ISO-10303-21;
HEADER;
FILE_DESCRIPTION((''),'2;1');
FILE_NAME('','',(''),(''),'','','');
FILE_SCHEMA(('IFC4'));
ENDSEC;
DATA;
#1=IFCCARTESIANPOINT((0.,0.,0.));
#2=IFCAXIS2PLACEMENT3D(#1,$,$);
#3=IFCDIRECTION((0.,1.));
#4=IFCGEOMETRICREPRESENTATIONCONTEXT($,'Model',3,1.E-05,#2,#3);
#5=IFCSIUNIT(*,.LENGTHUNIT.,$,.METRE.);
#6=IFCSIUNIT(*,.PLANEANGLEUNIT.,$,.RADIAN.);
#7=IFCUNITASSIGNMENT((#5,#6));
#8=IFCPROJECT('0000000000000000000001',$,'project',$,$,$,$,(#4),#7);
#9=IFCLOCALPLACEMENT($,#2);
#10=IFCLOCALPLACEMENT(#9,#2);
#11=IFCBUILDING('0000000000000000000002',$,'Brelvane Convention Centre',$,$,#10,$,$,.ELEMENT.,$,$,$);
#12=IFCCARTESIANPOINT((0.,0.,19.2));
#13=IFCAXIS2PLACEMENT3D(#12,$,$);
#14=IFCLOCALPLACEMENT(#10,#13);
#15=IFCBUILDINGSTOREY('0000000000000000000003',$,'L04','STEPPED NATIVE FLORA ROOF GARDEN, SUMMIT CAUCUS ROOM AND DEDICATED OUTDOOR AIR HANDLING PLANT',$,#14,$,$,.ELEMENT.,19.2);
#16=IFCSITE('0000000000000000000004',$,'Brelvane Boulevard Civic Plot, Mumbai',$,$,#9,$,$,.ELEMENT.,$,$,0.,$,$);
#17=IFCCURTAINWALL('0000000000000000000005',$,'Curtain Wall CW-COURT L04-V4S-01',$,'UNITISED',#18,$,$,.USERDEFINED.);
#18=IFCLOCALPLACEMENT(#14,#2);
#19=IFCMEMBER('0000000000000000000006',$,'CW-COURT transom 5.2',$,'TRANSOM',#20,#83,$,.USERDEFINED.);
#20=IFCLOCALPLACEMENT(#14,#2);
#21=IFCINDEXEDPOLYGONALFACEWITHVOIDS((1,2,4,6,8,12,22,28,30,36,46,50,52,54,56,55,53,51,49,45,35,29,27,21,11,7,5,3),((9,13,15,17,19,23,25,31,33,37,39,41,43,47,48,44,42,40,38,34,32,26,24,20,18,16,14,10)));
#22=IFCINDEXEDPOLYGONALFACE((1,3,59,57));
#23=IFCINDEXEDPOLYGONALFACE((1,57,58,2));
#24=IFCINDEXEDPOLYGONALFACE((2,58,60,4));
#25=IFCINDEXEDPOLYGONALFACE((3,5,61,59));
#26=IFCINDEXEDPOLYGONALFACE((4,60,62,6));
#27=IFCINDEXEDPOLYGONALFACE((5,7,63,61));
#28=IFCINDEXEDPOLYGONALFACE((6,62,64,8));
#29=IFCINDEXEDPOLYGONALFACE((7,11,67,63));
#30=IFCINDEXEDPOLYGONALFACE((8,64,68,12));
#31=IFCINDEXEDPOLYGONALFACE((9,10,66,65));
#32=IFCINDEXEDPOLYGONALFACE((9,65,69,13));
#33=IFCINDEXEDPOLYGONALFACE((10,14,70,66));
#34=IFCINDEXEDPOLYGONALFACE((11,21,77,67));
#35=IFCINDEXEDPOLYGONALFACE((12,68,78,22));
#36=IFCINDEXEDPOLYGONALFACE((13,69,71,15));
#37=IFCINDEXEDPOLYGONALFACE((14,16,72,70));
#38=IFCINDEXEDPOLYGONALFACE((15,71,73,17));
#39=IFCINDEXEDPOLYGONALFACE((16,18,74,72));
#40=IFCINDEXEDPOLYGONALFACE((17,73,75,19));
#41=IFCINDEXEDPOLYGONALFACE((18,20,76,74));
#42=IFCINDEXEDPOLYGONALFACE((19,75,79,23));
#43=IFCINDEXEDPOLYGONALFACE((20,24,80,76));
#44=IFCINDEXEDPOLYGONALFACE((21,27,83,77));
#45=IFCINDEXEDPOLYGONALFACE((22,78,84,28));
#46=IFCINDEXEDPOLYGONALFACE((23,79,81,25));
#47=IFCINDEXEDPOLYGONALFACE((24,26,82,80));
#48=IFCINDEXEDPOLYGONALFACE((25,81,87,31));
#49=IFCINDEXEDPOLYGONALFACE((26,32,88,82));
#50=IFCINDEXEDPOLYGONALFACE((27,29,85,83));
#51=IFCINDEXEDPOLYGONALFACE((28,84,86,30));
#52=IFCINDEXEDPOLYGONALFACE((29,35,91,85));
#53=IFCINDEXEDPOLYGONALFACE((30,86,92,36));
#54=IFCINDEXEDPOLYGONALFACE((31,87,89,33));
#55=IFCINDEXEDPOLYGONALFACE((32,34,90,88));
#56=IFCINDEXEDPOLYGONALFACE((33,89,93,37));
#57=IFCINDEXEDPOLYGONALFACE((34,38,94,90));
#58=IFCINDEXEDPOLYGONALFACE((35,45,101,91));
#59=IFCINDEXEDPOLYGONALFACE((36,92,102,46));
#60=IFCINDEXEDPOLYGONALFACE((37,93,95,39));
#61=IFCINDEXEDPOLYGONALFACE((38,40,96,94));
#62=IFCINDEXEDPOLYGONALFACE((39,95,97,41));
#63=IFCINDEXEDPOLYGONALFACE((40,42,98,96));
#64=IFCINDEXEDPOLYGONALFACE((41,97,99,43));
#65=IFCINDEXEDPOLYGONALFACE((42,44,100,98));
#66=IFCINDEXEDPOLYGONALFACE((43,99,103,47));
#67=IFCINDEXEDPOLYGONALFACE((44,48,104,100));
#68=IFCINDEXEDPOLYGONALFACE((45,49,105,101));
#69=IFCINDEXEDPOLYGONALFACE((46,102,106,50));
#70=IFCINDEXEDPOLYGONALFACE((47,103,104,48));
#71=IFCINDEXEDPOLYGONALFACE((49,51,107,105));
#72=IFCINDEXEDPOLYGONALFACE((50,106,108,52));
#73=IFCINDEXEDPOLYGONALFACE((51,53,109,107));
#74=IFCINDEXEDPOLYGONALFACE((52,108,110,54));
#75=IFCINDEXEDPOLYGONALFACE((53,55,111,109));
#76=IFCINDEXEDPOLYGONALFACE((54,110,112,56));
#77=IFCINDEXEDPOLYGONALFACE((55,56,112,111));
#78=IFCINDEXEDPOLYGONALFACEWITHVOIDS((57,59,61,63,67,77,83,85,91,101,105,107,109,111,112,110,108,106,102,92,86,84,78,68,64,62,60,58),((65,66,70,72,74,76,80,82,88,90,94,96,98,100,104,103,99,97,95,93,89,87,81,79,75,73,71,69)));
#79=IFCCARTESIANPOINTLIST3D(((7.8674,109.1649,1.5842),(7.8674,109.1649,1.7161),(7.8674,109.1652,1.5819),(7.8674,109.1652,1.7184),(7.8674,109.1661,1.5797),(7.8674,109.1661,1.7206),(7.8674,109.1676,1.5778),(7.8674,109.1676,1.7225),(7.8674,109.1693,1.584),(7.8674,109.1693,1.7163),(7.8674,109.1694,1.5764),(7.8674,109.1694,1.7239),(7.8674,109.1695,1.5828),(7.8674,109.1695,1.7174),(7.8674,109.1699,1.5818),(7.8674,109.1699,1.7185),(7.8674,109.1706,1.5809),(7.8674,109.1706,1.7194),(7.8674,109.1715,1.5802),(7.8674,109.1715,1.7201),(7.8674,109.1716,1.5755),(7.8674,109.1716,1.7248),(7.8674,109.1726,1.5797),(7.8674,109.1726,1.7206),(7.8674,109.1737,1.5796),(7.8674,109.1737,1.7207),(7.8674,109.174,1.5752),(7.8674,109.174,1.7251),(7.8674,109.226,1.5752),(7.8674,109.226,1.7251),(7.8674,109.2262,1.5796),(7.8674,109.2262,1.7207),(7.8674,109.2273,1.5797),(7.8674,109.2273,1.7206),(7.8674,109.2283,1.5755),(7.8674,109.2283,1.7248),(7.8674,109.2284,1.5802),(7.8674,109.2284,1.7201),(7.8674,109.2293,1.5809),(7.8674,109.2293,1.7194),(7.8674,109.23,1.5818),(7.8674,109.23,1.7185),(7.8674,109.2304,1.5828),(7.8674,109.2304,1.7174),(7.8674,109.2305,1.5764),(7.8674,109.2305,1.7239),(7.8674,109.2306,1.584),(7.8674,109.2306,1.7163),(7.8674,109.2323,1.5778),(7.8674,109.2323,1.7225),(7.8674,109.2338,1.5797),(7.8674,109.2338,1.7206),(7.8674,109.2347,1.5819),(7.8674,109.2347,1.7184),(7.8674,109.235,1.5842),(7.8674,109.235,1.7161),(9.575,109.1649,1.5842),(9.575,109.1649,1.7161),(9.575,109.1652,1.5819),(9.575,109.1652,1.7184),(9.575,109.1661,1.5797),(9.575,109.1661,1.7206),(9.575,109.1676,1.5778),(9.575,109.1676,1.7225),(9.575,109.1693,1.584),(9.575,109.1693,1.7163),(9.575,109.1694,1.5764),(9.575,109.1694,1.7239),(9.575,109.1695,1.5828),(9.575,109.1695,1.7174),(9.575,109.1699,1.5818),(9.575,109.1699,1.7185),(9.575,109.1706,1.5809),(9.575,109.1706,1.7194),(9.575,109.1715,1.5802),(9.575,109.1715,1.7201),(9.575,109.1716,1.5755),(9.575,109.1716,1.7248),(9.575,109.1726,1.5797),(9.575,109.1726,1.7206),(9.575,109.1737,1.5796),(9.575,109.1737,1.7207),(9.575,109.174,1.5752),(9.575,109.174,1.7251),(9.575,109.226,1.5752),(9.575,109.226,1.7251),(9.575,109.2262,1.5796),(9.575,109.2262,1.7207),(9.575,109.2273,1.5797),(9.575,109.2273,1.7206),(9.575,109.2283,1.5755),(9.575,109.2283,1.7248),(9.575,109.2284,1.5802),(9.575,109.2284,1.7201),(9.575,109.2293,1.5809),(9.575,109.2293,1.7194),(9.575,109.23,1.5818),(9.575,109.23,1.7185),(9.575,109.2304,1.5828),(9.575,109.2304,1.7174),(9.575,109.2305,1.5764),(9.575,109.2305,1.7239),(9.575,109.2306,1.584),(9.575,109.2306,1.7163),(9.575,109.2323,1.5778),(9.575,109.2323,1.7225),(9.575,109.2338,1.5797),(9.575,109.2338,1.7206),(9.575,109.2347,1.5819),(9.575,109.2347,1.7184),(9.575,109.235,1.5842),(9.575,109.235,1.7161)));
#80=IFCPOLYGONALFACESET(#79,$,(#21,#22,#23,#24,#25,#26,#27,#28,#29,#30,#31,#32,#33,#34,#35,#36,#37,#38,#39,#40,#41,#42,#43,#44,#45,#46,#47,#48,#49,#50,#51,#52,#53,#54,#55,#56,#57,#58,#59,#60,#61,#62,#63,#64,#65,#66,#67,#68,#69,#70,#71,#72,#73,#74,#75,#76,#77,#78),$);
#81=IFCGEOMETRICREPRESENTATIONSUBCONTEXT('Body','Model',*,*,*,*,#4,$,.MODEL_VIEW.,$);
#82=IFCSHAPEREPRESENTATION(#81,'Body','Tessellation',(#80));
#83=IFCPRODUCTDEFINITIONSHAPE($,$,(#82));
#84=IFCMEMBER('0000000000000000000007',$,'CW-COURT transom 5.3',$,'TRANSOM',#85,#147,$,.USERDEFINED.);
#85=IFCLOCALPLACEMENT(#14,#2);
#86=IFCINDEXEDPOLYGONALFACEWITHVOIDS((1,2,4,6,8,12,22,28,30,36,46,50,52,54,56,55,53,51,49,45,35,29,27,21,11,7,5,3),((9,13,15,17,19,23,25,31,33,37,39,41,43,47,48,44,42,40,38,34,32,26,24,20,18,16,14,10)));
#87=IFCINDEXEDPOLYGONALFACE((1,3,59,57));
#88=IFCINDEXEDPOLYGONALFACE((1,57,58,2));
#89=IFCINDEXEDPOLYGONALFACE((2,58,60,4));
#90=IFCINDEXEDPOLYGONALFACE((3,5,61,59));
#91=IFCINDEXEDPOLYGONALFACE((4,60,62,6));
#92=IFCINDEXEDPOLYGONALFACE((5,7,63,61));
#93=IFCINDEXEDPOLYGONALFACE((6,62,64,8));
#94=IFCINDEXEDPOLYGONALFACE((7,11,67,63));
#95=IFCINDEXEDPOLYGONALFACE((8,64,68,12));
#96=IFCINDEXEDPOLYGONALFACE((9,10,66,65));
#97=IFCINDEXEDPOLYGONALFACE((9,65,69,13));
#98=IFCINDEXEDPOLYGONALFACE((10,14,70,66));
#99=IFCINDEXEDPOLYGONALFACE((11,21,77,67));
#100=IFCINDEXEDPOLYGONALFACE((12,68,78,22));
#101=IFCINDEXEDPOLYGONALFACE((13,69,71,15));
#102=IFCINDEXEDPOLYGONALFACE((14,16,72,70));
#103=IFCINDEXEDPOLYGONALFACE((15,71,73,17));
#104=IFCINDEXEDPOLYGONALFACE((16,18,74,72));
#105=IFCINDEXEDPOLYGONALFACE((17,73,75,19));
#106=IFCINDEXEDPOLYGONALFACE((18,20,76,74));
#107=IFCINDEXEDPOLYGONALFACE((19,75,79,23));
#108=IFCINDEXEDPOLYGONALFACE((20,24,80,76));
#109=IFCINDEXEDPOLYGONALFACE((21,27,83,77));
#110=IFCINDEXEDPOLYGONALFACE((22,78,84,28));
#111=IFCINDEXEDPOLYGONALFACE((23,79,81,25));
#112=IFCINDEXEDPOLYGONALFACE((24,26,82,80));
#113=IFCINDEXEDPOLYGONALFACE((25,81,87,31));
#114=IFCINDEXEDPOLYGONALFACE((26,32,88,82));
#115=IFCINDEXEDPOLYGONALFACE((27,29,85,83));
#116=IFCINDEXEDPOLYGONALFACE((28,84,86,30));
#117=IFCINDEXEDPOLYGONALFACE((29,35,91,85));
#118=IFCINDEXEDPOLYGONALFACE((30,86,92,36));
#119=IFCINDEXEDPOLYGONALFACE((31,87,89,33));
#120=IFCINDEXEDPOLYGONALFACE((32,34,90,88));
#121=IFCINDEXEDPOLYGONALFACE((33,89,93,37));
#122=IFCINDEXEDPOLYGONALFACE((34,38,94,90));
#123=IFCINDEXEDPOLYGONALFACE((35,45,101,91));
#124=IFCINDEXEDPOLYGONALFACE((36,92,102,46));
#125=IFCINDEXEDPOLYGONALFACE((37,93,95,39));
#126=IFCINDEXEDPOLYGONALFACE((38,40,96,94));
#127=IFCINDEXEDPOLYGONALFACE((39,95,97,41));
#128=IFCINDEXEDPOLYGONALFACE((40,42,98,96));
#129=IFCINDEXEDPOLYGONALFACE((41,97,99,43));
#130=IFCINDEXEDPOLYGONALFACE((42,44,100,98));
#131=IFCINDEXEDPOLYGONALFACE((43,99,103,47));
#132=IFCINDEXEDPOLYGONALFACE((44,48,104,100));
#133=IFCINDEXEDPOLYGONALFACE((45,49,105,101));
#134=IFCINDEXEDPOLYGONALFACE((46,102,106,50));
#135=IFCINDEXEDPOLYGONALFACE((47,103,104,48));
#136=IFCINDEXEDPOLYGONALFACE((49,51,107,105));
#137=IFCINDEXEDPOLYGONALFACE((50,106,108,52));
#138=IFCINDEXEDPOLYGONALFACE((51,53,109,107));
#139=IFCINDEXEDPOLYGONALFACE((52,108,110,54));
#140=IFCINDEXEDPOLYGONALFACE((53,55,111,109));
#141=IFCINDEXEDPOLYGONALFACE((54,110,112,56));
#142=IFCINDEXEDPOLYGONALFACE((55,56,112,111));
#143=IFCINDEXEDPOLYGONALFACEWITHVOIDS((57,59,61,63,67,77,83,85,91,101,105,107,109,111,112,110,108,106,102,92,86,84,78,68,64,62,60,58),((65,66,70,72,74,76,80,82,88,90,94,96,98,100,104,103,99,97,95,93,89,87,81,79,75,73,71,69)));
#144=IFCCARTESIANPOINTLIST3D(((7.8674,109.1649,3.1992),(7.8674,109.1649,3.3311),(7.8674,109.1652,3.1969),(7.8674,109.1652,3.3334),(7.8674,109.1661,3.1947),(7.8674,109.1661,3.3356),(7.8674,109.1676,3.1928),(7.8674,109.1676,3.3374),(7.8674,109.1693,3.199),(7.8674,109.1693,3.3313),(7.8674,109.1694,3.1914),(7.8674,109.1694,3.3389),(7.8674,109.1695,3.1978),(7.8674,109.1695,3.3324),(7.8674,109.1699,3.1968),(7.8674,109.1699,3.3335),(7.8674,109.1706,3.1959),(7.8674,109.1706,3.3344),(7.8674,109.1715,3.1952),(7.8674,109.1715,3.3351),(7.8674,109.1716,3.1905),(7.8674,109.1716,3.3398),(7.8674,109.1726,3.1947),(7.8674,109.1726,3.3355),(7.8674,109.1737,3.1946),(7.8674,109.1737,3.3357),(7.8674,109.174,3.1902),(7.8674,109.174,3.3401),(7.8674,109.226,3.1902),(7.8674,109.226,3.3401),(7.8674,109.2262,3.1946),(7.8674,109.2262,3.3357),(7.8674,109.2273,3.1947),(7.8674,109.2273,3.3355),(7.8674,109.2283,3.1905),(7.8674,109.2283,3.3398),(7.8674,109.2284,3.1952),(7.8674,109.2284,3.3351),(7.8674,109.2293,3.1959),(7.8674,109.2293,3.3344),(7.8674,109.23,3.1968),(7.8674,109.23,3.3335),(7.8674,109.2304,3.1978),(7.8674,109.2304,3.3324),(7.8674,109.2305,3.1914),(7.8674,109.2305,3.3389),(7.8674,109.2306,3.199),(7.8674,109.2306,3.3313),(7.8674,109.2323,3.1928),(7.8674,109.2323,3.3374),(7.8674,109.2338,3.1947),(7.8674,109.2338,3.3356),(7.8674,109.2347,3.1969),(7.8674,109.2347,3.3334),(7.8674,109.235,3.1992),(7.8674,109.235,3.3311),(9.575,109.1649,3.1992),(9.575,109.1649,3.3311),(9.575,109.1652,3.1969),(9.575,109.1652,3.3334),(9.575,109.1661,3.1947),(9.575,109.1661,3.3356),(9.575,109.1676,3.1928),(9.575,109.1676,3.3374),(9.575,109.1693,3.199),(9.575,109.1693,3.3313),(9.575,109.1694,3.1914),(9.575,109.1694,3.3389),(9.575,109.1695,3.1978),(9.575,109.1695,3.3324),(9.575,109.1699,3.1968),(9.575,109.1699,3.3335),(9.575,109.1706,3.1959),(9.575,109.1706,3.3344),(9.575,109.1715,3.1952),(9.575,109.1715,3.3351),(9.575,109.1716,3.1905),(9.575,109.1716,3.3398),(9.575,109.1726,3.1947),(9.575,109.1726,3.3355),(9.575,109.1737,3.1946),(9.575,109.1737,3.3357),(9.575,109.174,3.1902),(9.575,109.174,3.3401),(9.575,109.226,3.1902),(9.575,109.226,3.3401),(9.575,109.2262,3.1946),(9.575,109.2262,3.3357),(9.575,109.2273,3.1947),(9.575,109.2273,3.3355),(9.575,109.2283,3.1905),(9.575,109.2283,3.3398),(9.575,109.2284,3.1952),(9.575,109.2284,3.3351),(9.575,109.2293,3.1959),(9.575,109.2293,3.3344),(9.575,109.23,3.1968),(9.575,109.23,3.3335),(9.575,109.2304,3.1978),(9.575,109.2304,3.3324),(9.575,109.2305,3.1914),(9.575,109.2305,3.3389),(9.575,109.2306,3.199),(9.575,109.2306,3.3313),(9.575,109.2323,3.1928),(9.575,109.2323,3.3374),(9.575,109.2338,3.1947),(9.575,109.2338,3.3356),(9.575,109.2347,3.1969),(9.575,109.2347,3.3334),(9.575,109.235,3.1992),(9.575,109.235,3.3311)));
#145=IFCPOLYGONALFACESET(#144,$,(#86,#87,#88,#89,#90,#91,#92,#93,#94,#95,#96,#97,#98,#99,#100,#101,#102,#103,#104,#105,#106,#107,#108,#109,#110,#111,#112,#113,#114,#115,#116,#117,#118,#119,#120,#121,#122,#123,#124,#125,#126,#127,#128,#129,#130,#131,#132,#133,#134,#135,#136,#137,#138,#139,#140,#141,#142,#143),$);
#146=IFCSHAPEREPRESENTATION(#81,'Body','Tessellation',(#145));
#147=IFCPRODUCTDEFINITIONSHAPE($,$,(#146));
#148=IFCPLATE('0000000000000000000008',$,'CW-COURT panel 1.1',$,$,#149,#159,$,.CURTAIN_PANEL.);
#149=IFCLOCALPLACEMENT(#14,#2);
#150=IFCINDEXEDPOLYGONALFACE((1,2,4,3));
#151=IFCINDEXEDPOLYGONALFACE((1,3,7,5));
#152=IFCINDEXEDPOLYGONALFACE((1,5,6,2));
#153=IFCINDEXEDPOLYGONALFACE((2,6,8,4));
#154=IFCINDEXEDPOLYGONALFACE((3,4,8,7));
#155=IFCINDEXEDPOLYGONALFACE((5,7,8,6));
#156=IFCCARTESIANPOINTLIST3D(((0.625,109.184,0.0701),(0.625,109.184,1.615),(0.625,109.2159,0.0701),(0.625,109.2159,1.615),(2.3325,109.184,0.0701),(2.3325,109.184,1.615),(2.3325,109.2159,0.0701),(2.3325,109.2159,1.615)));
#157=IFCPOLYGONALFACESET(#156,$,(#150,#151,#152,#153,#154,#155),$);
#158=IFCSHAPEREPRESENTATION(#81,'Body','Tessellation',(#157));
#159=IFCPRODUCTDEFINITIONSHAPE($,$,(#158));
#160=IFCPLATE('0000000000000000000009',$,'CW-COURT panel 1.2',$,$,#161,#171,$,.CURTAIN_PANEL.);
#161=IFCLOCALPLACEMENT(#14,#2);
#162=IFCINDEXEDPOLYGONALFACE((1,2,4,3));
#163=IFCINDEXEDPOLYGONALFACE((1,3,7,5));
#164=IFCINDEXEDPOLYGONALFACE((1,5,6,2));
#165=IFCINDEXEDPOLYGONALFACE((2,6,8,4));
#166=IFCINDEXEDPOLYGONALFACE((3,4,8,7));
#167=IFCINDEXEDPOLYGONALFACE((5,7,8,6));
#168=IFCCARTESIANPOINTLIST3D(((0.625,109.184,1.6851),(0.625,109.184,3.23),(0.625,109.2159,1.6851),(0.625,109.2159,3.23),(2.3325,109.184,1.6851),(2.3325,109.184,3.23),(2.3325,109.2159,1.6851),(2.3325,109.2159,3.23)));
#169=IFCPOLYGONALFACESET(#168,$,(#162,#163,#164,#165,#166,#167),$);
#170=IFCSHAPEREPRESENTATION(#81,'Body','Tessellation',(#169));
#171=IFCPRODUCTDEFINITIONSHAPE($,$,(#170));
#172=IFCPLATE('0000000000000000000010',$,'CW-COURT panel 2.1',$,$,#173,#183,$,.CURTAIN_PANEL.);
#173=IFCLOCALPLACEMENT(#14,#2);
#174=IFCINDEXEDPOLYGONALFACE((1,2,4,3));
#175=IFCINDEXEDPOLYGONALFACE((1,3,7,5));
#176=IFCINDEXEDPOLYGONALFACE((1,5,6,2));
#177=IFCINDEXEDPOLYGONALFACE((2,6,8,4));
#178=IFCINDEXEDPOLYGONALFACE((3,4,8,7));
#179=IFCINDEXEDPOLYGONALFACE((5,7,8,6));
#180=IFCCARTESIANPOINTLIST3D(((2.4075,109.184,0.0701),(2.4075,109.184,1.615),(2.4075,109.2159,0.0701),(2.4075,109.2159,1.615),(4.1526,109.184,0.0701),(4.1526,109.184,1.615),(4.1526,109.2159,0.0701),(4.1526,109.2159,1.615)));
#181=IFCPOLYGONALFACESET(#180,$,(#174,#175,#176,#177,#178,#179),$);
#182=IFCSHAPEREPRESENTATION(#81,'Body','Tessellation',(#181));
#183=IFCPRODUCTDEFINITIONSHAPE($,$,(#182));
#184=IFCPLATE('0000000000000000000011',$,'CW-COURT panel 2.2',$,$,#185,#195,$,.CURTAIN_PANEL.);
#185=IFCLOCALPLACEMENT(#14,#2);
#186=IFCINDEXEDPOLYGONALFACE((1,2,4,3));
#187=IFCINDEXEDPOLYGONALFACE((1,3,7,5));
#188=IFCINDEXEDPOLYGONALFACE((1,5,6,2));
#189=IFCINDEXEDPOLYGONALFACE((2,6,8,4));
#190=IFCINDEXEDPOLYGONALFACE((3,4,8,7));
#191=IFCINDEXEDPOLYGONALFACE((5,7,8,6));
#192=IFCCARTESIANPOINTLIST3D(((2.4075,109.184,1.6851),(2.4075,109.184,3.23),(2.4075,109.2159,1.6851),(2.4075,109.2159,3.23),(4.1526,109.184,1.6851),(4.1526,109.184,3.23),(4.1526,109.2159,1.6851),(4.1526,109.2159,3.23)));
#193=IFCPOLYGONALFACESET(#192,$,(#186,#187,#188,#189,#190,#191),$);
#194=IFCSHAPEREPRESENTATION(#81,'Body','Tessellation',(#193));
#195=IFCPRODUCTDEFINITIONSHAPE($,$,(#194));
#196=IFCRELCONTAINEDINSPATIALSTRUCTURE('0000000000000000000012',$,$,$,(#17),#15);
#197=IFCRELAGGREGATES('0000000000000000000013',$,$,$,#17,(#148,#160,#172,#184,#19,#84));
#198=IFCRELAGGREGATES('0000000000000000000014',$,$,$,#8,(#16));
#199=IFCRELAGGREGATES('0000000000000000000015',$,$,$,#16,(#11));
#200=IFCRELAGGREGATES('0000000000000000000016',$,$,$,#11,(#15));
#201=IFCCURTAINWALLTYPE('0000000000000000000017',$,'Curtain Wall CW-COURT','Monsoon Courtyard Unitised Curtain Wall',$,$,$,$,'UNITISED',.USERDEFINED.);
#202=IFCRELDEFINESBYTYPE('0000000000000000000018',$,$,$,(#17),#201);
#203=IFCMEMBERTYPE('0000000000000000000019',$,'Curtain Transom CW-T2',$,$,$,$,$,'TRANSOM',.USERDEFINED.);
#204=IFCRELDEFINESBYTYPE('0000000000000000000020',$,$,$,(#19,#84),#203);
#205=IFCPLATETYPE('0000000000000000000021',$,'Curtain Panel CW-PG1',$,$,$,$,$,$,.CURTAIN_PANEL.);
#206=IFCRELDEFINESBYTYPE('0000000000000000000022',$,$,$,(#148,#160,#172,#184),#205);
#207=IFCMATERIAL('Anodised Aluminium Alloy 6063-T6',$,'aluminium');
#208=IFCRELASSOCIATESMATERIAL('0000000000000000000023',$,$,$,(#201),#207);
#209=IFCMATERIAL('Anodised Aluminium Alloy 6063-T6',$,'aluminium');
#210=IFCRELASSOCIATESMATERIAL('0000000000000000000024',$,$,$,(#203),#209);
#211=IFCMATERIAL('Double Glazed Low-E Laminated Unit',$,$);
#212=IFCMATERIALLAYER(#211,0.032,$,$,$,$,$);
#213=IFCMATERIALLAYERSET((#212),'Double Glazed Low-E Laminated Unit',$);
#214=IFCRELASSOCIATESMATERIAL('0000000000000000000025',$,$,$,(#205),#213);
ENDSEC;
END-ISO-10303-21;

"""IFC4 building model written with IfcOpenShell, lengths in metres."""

from ifc_helpers import new_model, si_unit, direction, frame, origin, origin_2d, place, context, subcontext, project, spatial, rectangle, hollow_rectangle, extrude, material, layer, layer_set, material_profile, profile_set, type_object, element, aggregate, save


model = new_model("IFC4")

# Units and contexts
model_context = context("Model", 3, precision=1e-05, world=origin(), true_north=direction((0.0, 1.0)))
body_context = subcontext(model_context, "Body", "Model", "MODEL_VIEW")
ifc_project = project(units=[si_unit("LENGTHUNIT", "METRE"), si_unit("PLANEANGLEUNIT", "RADIAN")], contexts=[model_context])

# Site, building, storey
site_placement = place(None, origin())
site = spatial("IfcSite", under=ifc_project, at=site_placement, Name="Brelvane Boulevard Civic Plot, Mumbai", CompositionType="ELEMENT", RefElevation=0.0)
building_placement = place(site_placement, origin())
building = spatial("IfcBuilding", under=site, at=building_placement, Name="Brelvane Convention Centre", CompositionType="ELEMENT")
storey_placement = place(building_placement, frame((0.0, 0.0, 19.2)))
storey = spatial("IfcBuildingStorey", under=building, at=storey_placement, Name="L04", Description="STEPPED NATIVE FLORA ROOF GARDEN, SUMMIT CAUCUS ROOM AND DEDICATED OUTDOOR AIR HANDLING PLANT", CompositionType="ELEMENT", Elevation=19.2)

# Curtain wall, members, plates
ifc_material_1 = material(Name="Anodised Aluminium Alloy 6063-T6", Category="aluminium")
curtain_wall_type = type_object("IfcCurtainWallType", Name="Curtain Wall CW-COURT", Description="Monsoon Courtyard Unitised Curtain Wall", ElementType="UNITISED", PredefinedType="USERDEFINED", material=ifc_material_1)
curtain_wall_placement = place(storey_placement, origin())
curtain_wall = element("IfcCurtainWall", 1, at=curtain_wall_placement, inside=storey, type_object=curtain_wall_type, Name="Curtain Wall CW-COURT L04-V4S-01", ObjectType="UNITISED", PredefinedType="USERDEFINED")
ifc_material_2 = material(Name="Anodised Aluminium Alloy 6063-T6", Category="aluminium")
ifc_material_profile_1 = material_profile(ifc_material_2, hollow_rectangle(XDim=0.0701, YDim=0.1499, WallThickness=0.0044, InnerFilletRadius=0.0044, OuterFilletRadius=0.009, at=origin_2d()), Name="ALU-T 150x70x4.5")
ifc_profile_set_1 = profile_set([ifc_material_profile_1], Name="Anodised Aluminium Alloy 6063-T6")
member_type_1 = type_object("IfcMemberType", Name="Curtain Transom CW-T2", ElementType="TRANSOM", PredefinedType="USERDEFINED", material=ifc_profile_set_1)
member_1_placement = place(storey_placement, frame((7.8674, 109.2, 1.6501), z_axis=(1.0, 0.0, 0.0), x_axis=(0.0, 1.0, 0.0)))
member_1 = element("IfcMember", 2, at=member_1_placement, type_object=member_type_1, Name="CW-COURT transom 5.2", ObjectType="TRANSOM", PredefinedType="USERDEFINED", context=body_context, shape_type="SweptSolid", body=[
    extrude(hollow_rectangle(XDim=0.0701, YDim=0.1499, WallThickness=0.0044, InnerFilletRadius=0.0044, OuterFilletRadius=0.009, at=origin_2d()), origin(), (0.0, 0.0, 1.0), 1.7075),
])
member_2_placement = place(storey_placement, frame((7.8674, 109.2, 3.2651), z_axis=(1.0, 0.0, 0.0), x_axis=(0.0, 1.0, 0.0)))
member_2 = element("IfcMember", 3, at=member_2_placement, type_object=member_type_1, Name="CW-COURT transom 5.3", ObjectType="TRANSOM", PredefinedType="USERDEFINED", context=body_context, shape_type="SweptSolid", body=[
    extrude(hollow_rectangle(XDim=0.0701, YDim=0.1499, WallThickness=0.0044, InnerFilletRadius=0.0044, OuterFilletRadius=0.009, at=origin_2d()), origin(), (0.0, 0.0, 1.0), 1.7075),
])
ifc_material_3 = material(Name="Double Glazed Low-E Laminated Unit")
ifc_layer = layer(ifc_material_3, 0.032)
ifc_layer_set = layer_set([ifc_layer], Name="Double Glazed Low-E Laminated Unit")
plate_type = type_object("IfcPlateType", Name="Curtain Panel CW-PG1", PredefinedType="CURTAIN_PANEL", material=ifc_layer_set)
plate_1_placement = place(storey_placement, frame((1.4788, 109.2, 0.0701), z_axis=(0.0, 0.0, 1.0), x_axis=(1.0, 0.0, 0.0)))
plate_1 = element("IfcPlate", 4, at=plate_1_placement, type_object=plate_type, Name="CW-COURT panel 1.1", PredefinedType="CURTAIN_PANEL", context=body_context, shape_type="SweptSolid", body=[
    extrude(rectangle(XDim=1.7075, YDim=0.032, at=origin_2d()), origin(), (0.0, 0.0, 1.0), 1.5449),
])
plate_2_placement = place(storey_placement, frame((1.4788, 109.2, 1.6851), z_axis=(0.0, 0.0, 1.0), x_axis=(1.0, 0.0, 0.0)))
plate_2 = element("IfcPlate", 5, at=plate_2_placement, type_object=plate_type, Name="CW-COURT panel 1.2", PredefinedType="CURTAIN_PANEL", context=body_context, shape_type="SweptSolid", body=[
    extrude(rectangle(XDim=1.7075, YDim=0.032, at=origin_2d()), origin(), (0.0, 0.0, 1.0), 1.5449),
])
plate_3_placement = place(storey_placement, frame((3.28, 109.2, 0.0701), z_axis=(0.0, 0.0, 1.0), x_axis=(1.0, 0.0, 0.0)))
plate_3 = element("IfcPlate", 6, at=plate_3_placement, type_object=plate_type, Name="CW-COURT panel 2.1", PredefinedType="CURTAIN_PANEL", context=body_context, shape_type="SweptSolid", body=[
    extrude(rectangle(XDim=1.7451, YDim=0.032, at=origin_2d()), origin(), (0.0, 0.0, 1.0), 1.5449),
])
plate_4_placement = place(storey_placement, frame((3.28, 109.2, 1.6851), z_axis=(0.0, 0.0, 1.0), x_axis=(1.0, 0.0, 0.0)))
plate_4 = element("IfcPlate", 7, at=plate_4_placement, type_object=plate_type, Name="CW-COURT panel 2.2", PredefinedType="CURTAIN_PANEL", context=body_context, shape_type="SweptSolid", body=[
    extrude(rectangle(XDim=1.7451, YDim=0.032, at=origin_2d()), origin(), (0.0, 0.0, 1.0), 1.5449),
])
aggregate(curtain_wall, [plate_1, plate_2, plate_3, plate_4, member_1, member_2])

save(model, "model.ifc")
